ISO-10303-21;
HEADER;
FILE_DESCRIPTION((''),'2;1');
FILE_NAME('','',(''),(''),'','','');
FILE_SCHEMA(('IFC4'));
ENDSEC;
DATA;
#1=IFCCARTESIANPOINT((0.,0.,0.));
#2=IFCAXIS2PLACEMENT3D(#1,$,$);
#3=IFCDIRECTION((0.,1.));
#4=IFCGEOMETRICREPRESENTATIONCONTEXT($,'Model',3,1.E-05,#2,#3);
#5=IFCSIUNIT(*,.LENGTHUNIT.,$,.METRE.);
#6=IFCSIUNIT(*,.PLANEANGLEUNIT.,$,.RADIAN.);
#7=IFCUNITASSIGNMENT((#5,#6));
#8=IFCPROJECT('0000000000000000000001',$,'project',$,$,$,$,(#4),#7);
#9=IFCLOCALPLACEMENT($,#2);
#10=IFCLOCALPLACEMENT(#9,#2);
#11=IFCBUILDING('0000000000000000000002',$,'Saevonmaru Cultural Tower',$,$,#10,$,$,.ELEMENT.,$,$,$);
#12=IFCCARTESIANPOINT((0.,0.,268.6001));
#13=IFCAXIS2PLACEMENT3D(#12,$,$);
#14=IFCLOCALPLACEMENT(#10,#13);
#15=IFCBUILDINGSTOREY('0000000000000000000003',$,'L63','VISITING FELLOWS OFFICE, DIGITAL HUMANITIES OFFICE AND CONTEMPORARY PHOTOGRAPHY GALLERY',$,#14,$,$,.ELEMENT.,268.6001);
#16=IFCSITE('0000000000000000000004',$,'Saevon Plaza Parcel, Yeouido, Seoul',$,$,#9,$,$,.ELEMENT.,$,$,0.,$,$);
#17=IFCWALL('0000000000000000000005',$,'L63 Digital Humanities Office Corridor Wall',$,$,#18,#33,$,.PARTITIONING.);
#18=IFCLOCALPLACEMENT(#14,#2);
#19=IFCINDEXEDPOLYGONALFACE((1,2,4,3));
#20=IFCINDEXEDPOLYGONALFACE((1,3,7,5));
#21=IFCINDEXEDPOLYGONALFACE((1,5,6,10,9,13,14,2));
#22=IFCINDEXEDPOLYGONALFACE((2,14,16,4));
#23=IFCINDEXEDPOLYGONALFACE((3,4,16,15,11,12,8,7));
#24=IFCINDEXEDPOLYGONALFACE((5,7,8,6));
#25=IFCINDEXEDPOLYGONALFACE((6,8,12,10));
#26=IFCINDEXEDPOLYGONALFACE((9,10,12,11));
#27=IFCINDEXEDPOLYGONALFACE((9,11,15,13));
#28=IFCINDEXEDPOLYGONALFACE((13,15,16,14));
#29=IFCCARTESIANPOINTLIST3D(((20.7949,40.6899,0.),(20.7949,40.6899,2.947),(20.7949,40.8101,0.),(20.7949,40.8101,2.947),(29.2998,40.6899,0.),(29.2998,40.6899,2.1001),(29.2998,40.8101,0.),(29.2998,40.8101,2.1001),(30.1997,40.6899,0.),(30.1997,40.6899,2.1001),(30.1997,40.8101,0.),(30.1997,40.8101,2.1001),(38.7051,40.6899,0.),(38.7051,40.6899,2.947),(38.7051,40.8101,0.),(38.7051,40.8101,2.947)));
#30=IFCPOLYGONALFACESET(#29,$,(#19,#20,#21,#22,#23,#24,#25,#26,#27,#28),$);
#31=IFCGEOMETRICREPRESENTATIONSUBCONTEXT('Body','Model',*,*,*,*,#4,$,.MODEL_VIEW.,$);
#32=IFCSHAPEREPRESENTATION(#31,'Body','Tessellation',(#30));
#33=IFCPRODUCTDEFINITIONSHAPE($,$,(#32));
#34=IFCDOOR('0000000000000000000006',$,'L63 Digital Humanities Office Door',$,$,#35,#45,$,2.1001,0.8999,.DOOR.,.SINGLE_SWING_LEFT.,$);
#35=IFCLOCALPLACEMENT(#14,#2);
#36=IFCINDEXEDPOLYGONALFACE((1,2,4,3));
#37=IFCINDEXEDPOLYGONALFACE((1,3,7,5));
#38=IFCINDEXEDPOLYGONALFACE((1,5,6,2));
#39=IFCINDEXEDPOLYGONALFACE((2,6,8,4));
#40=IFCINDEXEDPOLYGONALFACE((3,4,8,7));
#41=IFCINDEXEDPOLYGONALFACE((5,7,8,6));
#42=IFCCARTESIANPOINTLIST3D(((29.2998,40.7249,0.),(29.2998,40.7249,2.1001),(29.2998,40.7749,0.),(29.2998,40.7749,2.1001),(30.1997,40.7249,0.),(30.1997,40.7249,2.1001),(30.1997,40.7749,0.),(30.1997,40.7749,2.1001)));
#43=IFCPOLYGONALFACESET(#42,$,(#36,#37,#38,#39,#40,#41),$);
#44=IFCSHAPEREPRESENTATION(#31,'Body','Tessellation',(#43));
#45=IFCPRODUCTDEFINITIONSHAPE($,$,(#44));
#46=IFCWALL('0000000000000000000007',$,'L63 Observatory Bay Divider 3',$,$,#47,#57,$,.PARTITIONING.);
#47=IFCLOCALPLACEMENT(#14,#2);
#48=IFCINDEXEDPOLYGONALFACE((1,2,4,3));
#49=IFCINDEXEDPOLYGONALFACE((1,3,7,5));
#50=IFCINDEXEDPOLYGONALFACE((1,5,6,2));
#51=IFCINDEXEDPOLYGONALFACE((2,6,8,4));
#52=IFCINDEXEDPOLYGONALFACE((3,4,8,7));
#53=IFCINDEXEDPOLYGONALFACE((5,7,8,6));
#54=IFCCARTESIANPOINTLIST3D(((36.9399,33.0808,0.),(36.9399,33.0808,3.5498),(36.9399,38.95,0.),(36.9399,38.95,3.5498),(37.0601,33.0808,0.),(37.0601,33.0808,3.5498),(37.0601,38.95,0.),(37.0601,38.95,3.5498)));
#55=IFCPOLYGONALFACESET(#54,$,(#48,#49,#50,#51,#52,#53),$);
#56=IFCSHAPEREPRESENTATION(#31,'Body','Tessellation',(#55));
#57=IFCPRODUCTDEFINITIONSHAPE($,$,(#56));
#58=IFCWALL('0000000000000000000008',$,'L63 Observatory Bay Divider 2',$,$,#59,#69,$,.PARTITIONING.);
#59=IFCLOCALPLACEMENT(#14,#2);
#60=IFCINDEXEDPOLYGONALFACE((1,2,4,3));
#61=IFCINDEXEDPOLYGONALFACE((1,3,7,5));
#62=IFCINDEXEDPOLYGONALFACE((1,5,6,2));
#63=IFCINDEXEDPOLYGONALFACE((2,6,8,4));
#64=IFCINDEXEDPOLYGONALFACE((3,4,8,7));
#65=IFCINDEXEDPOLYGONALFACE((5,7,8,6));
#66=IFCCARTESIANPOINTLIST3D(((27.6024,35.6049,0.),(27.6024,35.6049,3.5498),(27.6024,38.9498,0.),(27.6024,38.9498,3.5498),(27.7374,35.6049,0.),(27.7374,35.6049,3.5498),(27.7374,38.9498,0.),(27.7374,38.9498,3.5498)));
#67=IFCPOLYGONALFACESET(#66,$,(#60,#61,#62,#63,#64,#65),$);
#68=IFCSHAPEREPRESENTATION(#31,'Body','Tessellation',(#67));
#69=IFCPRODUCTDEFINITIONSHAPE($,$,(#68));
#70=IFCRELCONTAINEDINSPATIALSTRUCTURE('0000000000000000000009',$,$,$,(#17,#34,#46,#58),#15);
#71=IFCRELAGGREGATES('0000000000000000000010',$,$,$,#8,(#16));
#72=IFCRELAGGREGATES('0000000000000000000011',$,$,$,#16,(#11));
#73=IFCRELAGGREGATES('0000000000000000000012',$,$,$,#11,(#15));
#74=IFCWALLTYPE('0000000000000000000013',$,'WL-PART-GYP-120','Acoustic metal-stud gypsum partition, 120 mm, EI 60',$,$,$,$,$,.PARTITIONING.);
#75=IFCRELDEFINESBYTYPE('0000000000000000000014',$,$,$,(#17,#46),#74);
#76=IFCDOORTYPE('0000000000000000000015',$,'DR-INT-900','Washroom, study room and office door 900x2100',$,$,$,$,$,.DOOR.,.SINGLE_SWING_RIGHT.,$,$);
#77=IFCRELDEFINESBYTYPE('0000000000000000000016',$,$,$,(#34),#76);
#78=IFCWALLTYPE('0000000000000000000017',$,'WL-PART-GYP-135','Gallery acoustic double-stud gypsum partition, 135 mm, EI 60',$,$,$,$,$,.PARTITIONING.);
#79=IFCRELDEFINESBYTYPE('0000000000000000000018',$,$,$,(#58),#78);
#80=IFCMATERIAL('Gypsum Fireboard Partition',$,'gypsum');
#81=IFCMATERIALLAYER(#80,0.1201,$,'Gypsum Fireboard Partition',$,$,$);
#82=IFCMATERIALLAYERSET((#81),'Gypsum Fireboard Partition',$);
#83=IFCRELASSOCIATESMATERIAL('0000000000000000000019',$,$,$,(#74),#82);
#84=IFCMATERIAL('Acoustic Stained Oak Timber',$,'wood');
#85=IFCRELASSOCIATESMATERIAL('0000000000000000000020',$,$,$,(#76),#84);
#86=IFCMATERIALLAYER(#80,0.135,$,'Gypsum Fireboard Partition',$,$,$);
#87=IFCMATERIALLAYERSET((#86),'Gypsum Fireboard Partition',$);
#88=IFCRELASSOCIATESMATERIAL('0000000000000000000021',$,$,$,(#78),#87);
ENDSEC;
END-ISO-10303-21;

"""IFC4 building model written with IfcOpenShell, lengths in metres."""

from ifc_helpers import new_model, si_unit, direction, frame, frame_2d, origin, place, context, subcontext, project, spatial, rectangle, extrude, material, layer, layer_set, type_object, element, fill, save


model = new_model("IFC4")

# Units and contexts
model_context = context("Model", 3, precision=1e-05, world=origin(), true_north=direction((0.0, 1.0)))
body_context = subcontext(model_context, "Body", "Model", "MODEL_VIEW")
ifc_project = project(units=[si_unit("LENGTHUNIT", "METRE"), si_unit("PLANEANGLEUNIT", "RADIAN")], contexts=[model_context])

# Site, building, storey
site_placement = place(None, origin())
site = spatial("IfcSite", under=ifc_project, at=site_placement, Name="Saevon Plaza Parcel, Yeouido, Seoul", CompositionType="ELEMENT", RefElevation=0.0)
building_placement = place(site_placement, origin())
building = spatial("IfcBuilding", under=site, at=building_placement, Name="Saevonmaru Cultural Tower", CompositionType="ELEMENT")
storey_placement = place(building_placement, frame((0.0, 0.0, 268.6001)))
storey = spatial("IfcBuildingStorey", under=building, at=storey_placement, Name="L63", Description="VISITING FELLOWS OFFICE, DIGITAL HUMANITIES OFFICE AND CONTEMPORARY PHOTOGRAPHY GALLERY", CompositionType="ELEMENT", Elevation=268.6001)

# Shared definitions
ifc_material_1 = material(Name="Gypsum Fireboard Partition", Category="gypsum")

# Wall, opening, door
ifc_layer_1 = layer(ifc_material_1, 0.1201, Name="Gypsum Fireboard Partition")
ifc_layer_set_1 = layer_set([ifc_layer_1], Name="Gypsum Fireboard Partition")
wall_type_1 = type_object("IfcWallType", Name="WL-PART-GYP-120", Description="Acoustic metal-stud gypsum partition, 120 mm, EI 60", PredefinedType="PARTITIONING", material=ifc_layer_set_1)
wall_1_placement = place(storey_placement, frame((20.7949, 40.75, 0.0), z_axis=(0.0, 0.0, 1.0), x_axis=(1.0, 0.0, 0.0)))
wall_1 = element("IfcWall", 1, at=wall_1_placement, inside=storey, type_object=wall_type_1, Name="L63 Digital Humanities Office Corridor Wall", PredefinedType="PARTITIONING", context=body_context, shape_type="SweptSolid", body=[
    extrude(rectangle(XDim=17.9102, YDim=0.1201, at=frame_2d((8.9551, 0.0))), origin(), (0.0, 0.0, 1.0), 2.947),
])
opening_1_placement = place(wall_1_placement, frame((8.5049, 0.0, 0.0)))
opening_1 = element("IfcOpeningElement", 2, at=opening_1_placement, cuts=wall_1, PredefinedType="OPENING", context=body_context, shape_type="SweptSolid", body=[
    extrude(rectangle(XDim=0.8999, YDim=2.1001, at=frame_2d((0.45, 1.05))), frame((0.0, 0.0701, 0.0), z_axis=(0.0, -1.0, 0.0), x_axis=(1.0, 0.0, 0.0)), (0.0, 0.0, 1.0), 0.1401),
])
ifc_material_2 = material(Name="Acoustic Stained Oak Timber", Category="wood")
door_type_1 = type_object("IfcDoorType", Name="DR-INT-900", Description="Washroom, study room and office door 900x2100", OperationType="SINGLE_SWING_RIGHT", PredefinedType="DOOR", material=ifc_material_2)
door_1_placement = place(opening_1_placement, origin())
door_1 = element("IfcDoor", 3, at=door_1_placement, inside=storey, type_object=door_type_1, Name="L63 Digital Humanities Office Door", OperationType="SINGLE_SWING_LEFT", OverallHeight=2.1001, OverallWidth=0.8999, PredefinedType="DOOR", context=body_context, shape_type="SweptSolid", body=[
    extrude(rectangle(XDim=0.8999, YDim=2.1001, at=frame_2d((0.45, 1.05))), frame((0.0, 0.0249, 0.0), z_axis=(0.0, -1.0, 0.0), x_axis=(1.0, 0.0, 0.0)), (0.0, 0.0, 1.0), 0.05),
])
fill(opening_1, door_1)

# Walls
wall_2_placement = place(storey_placement, frame((37.0, 33.0808, 0.0), z_axis=(0.0, 0.0, 1.0), x_axis=(0.0, 1.0, 0.0)))
element("IfcWall", 4, at=wall_2_placement, inside=storey, type_object=wall_type_1, Name="L63 Observatory Bay Divider 3", PredefinedType="PARTITIONING", context=body_context, shape_type="SweptSolid", body=[
    extrude(rectangle(XDim=5.8691, YDim=0.1201, at=frame_2d((2.9346, 0.0))), origin(), (0.0, 0.0, 1.0), 3.5498),
])
ifc_layer_2 = layer(ifc_material_1, 0.135, Name="Gypsum Fireboard Partition")
ifc_layer_set_2 = layer_set([ifc_layer_2], Name="Gypsum Fireboard Partition")
wall_type_2 = type_object("IfcWallType", Name="WL-PART-GYP-135", Description="Gallery acoustic double-stud gypsum partition, 135 mm, EI 60", PredefinedType="PARTITIONING", material=ifc_layer_set_2)
wall_3_placement = place(storey_placement, frame((27.6699, 35.605, 0.0), z_axis=(0.0, 0.0, 1.0), x_axis=(0.0, 1.0, 0.0)))
element("IfcWall", 5, at=wall_3_placement, inside=storey, type_object=wall_type_2, Name="L63 Observatory Bay Divider 2", PredefinedType="PARTITIONING", context=body_context, shape_type="SweptSolid", body=[
    extrude(rectangle(XDim=3.345, YDim=0.135, at=frame_2d((1.6724, 0.0))), origin(), (0.0, 0.0, 1.0), 3.5498),
])

save(model, "model.ifc")
